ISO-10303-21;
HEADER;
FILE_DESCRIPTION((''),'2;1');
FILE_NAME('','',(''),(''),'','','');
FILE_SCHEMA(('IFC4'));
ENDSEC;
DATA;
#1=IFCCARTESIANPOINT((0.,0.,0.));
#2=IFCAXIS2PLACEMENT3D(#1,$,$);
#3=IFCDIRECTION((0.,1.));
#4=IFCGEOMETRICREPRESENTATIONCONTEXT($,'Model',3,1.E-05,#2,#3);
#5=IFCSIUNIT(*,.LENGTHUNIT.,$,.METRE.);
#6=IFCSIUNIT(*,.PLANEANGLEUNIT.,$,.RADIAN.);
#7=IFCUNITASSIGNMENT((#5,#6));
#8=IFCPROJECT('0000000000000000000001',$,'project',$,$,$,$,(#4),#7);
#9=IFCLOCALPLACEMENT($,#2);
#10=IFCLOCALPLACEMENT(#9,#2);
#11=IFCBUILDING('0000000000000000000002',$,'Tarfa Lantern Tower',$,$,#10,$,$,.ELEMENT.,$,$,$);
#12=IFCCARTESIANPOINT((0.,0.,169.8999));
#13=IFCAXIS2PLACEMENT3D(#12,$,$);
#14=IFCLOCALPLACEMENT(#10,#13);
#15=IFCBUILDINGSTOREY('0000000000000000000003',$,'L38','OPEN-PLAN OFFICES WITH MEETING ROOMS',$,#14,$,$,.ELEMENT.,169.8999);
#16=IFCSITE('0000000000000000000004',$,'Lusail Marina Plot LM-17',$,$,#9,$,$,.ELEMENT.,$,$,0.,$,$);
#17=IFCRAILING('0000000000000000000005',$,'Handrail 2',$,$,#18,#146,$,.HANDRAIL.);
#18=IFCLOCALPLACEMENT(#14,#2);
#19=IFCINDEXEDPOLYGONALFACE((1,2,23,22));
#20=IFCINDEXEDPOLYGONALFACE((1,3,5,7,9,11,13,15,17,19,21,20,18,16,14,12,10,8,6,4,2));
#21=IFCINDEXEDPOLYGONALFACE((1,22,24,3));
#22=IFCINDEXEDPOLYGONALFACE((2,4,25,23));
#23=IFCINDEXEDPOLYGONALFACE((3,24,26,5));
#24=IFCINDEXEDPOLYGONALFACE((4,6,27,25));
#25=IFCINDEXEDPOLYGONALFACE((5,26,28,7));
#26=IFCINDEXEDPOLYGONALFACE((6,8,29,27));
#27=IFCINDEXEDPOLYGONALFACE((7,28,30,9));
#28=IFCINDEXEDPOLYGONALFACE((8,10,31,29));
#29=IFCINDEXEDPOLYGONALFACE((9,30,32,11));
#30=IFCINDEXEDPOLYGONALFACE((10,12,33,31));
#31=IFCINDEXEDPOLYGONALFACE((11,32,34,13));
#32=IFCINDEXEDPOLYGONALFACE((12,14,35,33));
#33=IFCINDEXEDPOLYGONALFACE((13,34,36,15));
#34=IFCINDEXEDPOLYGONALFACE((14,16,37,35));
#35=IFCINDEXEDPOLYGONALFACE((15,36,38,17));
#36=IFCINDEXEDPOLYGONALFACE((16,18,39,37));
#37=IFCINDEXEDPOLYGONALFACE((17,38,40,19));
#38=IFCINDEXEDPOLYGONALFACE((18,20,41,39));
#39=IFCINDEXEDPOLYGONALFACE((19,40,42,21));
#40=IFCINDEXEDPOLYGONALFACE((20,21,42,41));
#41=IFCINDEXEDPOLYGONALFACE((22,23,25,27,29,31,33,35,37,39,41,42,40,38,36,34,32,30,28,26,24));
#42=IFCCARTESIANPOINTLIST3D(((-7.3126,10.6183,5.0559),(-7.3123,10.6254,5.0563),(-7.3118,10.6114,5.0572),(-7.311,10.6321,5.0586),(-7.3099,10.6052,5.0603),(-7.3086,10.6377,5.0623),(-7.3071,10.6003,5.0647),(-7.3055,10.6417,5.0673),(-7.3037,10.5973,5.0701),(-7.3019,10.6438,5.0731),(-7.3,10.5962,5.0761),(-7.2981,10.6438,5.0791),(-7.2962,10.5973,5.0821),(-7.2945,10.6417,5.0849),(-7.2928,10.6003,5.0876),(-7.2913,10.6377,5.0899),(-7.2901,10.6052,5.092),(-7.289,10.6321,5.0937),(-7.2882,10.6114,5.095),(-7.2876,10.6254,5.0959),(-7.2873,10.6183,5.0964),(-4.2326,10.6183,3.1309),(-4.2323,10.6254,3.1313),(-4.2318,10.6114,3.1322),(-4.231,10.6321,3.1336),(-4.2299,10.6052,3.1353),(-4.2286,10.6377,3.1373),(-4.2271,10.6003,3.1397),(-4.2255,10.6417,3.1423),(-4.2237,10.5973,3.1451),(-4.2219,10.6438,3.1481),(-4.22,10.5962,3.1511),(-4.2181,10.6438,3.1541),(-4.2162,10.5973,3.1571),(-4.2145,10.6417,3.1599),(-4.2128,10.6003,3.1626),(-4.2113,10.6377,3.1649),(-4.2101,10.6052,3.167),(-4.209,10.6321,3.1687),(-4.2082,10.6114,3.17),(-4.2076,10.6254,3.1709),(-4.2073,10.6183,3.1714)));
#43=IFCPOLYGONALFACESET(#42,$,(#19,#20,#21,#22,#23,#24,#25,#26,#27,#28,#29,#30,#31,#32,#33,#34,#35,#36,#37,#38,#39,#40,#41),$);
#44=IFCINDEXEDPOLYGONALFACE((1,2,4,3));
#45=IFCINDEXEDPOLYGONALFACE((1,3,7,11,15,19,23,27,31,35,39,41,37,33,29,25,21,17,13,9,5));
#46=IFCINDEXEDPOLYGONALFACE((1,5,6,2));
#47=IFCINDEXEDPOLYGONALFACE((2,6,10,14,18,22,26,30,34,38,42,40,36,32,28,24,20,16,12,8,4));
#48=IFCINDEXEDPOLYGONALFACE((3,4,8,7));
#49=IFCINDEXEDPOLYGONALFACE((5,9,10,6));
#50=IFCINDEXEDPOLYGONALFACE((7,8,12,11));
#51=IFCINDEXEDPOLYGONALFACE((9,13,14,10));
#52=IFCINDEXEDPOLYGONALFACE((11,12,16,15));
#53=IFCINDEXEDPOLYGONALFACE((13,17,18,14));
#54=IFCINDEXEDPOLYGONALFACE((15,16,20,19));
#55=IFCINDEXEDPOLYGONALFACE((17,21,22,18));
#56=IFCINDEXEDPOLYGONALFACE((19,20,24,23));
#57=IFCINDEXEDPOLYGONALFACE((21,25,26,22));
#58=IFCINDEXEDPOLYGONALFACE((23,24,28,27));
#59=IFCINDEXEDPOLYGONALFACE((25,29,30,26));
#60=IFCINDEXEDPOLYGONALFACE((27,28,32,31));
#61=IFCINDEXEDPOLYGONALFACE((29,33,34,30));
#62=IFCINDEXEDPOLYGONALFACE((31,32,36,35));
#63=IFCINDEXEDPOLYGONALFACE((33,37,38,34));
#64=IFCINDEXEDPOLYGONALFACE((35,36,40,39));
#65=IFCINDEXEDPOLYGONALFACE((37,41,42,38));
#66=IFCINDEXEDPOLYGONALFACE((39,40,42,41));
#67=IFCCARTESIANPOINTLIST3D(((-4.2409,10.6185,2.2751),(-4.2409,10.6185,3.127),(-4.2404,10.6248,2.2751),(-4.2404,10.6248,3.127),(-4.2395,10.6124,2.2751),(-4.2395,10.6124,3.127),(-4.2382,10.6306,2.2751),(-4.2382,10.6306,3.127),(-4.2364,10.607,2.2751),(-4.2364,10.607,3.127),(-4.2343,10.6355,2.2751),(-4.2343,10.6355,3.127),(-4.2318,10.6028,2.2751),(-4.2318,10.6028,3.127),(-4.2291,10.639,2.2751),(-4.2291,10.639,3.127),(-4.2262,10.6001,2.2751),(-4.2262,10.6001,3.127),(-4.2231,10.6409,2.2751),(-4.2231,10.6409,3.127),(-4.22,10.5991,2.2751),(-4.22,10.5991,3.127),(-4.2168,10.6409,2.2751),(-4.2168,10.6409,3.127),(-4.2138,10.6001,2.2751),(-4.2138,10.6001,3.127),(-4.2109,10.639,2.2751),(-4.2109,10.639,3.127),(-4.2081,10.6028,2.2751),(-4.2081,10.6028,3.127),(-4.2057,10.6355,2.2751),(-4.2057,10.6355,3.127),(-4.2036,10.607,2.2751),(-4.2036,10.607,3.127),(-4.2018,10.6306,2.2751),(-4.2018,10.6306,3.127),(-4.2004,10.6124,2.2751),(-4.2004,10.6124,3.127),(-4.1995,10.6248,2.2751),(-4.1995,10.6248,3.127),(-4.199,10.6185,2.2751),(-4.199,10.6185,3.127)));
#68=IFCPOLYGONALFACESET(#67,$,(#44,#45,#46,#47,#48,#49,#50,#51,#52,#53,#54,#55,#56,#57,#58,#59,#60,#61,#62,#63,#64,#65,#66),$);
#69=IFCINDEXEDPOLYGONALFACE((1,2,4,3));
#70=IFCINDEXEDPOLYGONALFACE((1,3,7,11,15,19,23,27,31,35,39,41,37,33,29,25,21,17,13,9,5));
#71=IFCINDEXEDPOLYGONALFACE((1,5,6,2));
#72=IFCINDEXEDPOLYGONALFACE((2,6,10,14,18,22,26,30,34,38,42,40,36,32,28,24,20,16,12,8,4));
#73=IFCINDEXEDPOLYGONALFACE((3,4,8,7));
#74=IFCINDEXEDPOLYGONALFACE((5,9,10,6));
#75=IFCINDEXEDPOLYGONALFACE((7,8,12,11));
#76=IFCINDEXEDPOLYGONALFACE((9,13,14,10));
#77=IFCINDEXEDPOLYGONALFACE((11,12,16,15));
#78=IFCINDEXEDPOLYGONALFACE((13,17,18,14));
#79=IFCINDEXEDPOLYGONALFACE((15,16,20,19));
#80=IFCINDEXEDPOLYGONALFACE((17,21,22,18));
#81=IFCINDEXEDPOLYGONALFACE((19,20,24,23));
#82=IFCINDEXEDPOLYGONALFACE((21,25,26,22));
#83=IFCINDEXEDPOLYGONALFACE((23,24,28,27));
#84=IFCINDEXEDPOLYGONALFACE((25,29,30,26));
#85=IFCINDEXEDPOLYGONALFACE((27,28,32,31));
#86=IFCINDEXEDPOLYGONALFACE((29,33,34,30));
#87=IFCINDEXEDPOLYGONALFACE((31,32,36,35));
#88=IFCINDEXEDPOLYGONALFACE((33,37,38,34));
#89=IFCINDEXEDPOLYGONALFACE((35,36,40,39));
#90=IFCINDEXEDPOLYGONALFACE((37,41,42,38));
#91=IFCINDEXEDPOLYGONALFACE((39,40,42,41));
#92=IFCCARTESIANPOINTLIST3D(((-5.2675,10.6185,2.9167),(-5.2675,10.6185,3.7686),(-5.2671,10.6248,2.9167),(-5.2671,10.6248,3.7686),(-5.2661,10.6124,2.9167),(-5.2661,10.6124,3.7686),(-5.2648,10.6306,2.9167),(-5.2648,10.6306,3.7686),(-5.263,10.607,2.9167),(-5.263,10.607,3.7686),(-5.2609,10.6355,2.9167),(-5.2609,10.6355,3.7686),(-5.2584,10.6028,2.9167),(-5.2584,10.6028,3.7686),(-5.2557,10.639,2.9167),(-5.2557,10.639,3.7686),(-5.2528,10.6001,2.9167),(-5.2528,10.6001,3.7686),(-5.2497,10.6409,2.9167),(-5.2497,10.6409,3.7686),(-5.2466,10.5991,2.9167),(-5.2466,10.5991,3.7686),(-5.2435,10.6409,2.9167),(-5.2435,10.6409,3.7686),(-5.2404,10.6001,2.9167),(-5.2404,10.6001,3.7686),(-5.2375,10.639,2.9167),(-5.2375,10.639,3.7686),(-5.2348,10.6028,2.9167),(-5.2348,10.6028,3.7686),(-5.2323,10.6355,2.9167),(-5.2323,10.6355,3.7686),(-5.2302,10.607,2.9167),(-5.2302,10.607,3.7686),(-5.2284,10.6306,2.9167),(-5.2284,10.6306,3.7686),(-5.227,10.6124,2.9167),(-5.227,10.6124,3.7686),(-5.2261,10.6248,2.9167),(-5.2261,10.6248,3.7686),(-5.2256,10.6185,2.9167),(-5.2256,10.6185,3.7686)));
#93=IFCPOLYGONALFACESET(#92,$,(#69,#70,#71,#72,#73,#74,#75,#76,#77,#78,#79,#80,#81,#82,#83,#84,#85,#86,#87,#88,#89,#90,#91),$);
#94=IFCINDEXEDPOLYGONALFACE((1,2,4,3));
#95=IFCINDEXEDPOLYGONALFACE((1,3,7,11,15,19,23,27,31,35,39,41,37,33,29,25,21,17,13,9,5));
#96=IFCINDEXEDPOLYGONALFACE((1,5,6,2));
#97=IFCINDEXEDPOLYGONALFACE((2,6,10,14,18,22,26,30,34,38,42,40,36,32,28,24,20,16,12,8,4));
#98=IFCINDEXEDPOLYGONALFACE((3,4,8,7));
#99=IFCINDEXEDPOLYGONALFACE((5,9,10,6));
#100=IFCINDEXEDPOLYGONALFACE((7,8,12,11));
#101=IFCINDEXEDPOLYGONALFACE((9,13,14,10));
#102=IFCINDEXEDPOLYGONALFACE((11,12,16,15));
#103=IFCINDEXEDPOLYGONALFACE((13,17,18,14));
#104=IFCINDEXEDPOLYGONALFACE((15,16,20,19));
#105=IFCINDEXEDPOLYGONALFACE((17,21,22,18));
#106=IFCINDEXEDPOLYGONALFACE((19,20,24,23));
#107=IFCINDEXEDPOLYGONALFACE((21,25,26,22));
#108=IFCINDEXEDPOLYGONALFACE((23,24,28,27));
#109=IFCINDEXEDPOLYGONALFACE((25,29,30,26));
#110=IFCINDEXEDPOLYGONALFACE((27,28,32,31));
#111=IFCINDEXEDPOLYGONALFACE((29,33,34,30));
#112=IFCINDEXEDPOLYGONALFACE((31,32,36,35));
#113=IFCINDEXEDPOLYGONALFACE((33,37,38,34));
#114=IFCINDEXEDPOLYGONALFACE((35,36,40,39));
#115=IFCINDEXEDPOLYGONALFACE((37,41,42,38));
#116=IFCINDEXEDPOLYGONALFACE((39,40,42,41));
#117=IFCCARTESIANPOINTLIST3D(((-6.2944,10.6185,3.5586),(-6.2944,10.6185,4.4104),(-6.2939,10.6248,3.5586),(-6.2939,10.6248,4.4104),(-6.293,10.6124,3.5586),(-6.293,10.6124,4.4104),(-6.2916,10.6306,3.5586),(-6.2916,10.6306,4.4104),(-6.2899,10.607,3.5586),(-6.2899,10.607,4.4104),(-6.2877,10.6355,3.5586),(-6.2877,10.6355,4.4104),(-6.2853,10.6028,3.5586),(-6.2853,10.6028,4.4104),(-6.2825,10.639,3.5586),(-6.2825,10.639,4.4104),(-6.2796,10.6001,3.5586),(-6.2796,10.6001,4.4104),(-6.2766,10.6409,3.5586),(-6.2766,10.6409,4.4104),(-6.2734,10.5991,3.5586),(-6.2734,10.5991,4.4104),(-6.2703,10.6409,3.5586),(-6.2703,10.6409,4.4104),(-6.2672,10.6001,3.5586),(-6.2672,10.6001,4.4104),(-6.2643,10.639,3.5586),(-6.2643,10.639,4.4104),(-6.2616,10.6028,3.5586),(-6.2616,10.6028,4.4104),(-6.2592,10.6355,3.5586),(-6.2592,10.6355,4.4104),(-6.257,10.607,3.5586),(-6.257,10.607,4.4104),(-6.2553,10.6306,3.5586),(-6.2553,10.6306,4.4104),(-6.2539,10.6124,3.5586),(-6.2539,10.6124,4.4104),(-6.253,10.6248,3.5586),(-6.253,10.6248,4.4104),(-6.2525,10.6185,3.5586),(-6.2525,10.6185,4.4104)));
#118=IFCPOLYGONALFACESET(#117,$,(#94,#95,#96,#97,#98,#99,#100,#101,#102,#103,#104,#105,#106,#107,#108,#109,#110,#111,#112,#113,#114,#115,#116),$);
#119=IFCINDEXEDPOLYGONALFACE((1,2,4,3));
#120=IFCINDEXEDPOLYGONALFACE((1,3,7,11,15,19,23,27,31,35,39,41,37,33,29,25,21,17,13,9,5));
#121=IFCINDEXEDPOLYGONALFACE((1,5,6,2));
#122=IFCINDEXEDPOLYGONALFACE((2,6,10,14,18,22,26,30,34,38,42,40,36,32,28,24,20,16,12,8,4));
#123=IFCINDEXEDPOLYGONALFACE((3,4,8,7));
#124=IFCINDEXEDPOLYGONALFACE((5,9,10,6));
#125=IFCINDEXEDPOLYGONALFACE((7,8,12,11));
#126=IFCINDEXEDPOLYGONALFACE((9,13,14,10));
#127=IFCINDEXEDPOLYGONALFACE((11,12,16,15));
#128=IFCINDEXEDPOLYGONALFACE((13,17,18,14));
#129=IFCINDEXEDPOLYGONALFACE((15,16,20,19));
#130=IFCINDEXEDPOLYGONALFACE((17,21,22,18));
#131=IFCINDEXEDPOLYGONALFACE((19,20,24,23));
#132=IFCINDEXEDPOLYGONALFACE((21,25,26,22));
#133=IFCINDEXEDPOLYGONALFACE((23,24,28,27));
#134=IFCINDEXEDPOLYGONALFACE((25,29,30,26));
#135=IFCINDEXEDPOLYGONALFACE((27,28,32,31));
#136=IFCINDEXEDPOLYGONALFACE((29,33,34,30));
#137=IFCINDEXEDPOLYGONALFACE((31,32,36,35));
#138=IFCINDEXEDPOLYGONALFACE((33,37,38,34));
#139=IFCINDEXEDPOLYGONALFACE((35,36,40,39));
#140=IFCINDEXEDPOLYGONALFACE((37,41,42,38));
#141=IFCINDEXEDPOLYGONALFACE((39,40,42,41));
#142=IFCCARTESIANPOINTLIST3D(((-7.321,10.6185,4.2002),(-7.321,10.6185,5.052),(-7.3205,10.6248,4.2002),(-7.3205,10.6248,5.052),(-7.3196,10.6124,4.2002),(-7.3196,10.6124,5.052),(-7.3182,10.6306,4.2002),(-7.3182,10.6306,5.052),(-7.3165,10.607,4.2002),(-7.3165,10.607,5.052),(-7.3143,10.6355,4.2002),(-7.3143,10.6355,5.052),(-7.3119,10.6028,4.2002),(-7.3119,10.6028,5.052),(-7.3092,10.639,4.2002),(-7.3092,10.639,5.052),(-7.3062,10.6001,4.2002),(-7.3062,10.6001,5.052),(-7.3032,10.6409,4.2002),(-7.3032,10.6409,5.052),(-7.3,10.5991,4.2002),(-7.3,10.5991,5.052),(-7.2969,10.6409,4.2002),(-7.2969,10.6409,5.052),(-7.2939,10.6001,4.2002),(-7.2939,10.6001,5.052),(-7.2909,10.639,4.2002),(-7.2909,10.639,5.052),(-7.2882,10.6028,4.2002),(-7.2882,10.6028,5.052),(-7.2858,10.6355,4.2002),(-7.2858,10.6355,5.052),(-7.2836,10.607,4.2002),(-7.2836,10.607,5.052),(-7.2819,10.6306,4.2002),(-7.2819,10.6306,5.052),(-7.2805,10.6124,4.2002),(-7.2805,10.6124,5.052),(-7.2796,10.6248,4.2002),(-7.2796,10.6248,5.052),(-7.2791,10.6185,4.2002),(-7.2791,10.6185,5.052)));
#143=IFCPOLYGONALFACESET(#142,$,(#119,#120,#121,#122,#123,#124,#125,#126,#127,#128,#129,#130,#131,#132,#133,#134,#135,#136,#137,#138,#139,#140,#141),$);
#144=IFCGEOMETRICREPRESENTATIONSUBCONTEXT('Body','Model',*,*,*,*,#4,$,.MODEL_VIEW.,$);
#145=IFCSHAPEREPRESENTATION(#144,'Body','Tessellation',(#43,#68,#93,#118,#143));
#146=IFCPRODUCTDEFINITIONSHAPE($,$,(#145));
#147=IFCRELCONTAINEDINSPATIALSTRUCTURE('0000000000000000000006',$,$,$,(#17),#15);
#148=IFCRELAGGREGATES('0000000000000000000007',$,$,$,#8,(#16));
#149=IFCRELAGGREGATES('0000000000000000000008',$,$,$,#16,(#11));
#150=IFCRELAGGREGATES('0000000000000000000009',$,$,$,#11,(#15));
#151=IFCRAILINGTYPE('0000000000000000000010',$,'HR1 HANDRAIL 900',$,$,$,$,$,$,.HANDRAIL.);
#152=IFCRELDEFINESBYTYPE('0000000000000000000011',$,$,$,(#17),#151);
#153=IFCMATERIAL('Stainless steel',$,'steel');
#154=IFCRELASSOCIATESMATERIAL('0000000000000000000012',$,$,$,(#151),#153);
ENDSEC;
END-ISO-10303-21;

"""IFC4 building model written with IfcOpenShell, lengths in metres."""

from ifc_helpers import new_model, si_unit, direction, frame, origin, origin_2d, place, context, subcontext, project, spatial, circle, extrude, material, type_object, element, save


model = new_model("IFC4")

# Units and contexts
model_context = context("Model", 3, precision=1e-05, world=origin(), true_north=direction((0.0, 1.0)))
body_context = subcontext(model_context, "Body", "Model", "MODEL_VIEW")
ifc_project = project(units=[si_unit("LENGTHUNIT", "METRE"), si_unit("PLANEANGLEUNIT", "RADIAN")], contexts=[model_context])

# Site, building, storey
site_placement = place(None, origin())
site = spatial("IfcSite", under=ifc_project, at=site_placement, Name="Lusail Marina Plot LM-17", CompositionType="ELEMENT", RefElevation=0.0)
building_placement = place(site_placement, origin())
building = spatial("IfcBuilding", under=site, at=building_placement, Name="Tarfa Lantern Tower", CompositionType="ELEMENT")
storey_placement = place(building_placement, frame((0.0, 0.0, 169.8999)))
storey = spatial("IfcBuildingStorey", under=building, at=storey_placement, Name="L38", Description="OPEN-PLAN OFFICES WITH MEETING ROOMS", CompositionType="ELEMENT", Elevation=169.8999)

# Railing
ifc_material_1 = material(Name="Stainless steel", Category="steel")
railing_type = type_object("IfcRailingType", Name="HR1 HANDRAIL 900", PredefinedType="HANDRAIL", material=ifc_material_1)
railing_1_placement = place(storey_placement, frame((-4.22, 10.6201, 2.2751)))
element("IfcRailing", 1, at=railing_1_placement, inside=storey, type_object=railing_type, Name="Handrail 2", PredefinedType="HANDRAIL", context=body_context, shape_type="SweptSolid", body=[
    extrude(circle(Radius=0.0239, at=origin_2d()), frame((0.0, 0.0, 0.876), z_axis=(-0.847998, 0.0, 0.529999), x_axis=(0.0, -1.0, 0.0)), (0.0, 0.0, 1.0), 3.6321),
    extrude(circle(Radius=0.021, at=origin_2d()), frame((0.0, 0.0, 0.0), z_axis=(0.0, 0.0, 1.0), x_axis=(0.0, -1.0, 0.0)), (0.0, 0.0, 1.0), 0.8518),
    extrude(circle(Radius=0.021, at=origin_2d()), frame((-1.0266, 0.0, 0.6416), z_axis=(0.0, 0.0, 1.0), x_axis=(0.0, -1.0, 0.0)), (0.0, 0.0, 1.0), 0.8518),
    extrude(circle(Radius=0.021, at=origin_2d()), frame((-2.0535, 0.0, 1.2834), z_axis=(0.0, 0.0, 1.0), x_axis=(0.0, -1.0, 0.0)), (0.0, 0.0, 1.0), 0.8518),
    extrude(circle(Radius=0.021, at=origin_2d()), frame((-3.0801, 0.0, 1.925), z_axis=(0.0, 0.0, 1.0), x_axis=(0.0, -1.0, 0.0)), (0.0, 0.0, 1.0), 0.8518),
])

save(model, "model.ifc")
